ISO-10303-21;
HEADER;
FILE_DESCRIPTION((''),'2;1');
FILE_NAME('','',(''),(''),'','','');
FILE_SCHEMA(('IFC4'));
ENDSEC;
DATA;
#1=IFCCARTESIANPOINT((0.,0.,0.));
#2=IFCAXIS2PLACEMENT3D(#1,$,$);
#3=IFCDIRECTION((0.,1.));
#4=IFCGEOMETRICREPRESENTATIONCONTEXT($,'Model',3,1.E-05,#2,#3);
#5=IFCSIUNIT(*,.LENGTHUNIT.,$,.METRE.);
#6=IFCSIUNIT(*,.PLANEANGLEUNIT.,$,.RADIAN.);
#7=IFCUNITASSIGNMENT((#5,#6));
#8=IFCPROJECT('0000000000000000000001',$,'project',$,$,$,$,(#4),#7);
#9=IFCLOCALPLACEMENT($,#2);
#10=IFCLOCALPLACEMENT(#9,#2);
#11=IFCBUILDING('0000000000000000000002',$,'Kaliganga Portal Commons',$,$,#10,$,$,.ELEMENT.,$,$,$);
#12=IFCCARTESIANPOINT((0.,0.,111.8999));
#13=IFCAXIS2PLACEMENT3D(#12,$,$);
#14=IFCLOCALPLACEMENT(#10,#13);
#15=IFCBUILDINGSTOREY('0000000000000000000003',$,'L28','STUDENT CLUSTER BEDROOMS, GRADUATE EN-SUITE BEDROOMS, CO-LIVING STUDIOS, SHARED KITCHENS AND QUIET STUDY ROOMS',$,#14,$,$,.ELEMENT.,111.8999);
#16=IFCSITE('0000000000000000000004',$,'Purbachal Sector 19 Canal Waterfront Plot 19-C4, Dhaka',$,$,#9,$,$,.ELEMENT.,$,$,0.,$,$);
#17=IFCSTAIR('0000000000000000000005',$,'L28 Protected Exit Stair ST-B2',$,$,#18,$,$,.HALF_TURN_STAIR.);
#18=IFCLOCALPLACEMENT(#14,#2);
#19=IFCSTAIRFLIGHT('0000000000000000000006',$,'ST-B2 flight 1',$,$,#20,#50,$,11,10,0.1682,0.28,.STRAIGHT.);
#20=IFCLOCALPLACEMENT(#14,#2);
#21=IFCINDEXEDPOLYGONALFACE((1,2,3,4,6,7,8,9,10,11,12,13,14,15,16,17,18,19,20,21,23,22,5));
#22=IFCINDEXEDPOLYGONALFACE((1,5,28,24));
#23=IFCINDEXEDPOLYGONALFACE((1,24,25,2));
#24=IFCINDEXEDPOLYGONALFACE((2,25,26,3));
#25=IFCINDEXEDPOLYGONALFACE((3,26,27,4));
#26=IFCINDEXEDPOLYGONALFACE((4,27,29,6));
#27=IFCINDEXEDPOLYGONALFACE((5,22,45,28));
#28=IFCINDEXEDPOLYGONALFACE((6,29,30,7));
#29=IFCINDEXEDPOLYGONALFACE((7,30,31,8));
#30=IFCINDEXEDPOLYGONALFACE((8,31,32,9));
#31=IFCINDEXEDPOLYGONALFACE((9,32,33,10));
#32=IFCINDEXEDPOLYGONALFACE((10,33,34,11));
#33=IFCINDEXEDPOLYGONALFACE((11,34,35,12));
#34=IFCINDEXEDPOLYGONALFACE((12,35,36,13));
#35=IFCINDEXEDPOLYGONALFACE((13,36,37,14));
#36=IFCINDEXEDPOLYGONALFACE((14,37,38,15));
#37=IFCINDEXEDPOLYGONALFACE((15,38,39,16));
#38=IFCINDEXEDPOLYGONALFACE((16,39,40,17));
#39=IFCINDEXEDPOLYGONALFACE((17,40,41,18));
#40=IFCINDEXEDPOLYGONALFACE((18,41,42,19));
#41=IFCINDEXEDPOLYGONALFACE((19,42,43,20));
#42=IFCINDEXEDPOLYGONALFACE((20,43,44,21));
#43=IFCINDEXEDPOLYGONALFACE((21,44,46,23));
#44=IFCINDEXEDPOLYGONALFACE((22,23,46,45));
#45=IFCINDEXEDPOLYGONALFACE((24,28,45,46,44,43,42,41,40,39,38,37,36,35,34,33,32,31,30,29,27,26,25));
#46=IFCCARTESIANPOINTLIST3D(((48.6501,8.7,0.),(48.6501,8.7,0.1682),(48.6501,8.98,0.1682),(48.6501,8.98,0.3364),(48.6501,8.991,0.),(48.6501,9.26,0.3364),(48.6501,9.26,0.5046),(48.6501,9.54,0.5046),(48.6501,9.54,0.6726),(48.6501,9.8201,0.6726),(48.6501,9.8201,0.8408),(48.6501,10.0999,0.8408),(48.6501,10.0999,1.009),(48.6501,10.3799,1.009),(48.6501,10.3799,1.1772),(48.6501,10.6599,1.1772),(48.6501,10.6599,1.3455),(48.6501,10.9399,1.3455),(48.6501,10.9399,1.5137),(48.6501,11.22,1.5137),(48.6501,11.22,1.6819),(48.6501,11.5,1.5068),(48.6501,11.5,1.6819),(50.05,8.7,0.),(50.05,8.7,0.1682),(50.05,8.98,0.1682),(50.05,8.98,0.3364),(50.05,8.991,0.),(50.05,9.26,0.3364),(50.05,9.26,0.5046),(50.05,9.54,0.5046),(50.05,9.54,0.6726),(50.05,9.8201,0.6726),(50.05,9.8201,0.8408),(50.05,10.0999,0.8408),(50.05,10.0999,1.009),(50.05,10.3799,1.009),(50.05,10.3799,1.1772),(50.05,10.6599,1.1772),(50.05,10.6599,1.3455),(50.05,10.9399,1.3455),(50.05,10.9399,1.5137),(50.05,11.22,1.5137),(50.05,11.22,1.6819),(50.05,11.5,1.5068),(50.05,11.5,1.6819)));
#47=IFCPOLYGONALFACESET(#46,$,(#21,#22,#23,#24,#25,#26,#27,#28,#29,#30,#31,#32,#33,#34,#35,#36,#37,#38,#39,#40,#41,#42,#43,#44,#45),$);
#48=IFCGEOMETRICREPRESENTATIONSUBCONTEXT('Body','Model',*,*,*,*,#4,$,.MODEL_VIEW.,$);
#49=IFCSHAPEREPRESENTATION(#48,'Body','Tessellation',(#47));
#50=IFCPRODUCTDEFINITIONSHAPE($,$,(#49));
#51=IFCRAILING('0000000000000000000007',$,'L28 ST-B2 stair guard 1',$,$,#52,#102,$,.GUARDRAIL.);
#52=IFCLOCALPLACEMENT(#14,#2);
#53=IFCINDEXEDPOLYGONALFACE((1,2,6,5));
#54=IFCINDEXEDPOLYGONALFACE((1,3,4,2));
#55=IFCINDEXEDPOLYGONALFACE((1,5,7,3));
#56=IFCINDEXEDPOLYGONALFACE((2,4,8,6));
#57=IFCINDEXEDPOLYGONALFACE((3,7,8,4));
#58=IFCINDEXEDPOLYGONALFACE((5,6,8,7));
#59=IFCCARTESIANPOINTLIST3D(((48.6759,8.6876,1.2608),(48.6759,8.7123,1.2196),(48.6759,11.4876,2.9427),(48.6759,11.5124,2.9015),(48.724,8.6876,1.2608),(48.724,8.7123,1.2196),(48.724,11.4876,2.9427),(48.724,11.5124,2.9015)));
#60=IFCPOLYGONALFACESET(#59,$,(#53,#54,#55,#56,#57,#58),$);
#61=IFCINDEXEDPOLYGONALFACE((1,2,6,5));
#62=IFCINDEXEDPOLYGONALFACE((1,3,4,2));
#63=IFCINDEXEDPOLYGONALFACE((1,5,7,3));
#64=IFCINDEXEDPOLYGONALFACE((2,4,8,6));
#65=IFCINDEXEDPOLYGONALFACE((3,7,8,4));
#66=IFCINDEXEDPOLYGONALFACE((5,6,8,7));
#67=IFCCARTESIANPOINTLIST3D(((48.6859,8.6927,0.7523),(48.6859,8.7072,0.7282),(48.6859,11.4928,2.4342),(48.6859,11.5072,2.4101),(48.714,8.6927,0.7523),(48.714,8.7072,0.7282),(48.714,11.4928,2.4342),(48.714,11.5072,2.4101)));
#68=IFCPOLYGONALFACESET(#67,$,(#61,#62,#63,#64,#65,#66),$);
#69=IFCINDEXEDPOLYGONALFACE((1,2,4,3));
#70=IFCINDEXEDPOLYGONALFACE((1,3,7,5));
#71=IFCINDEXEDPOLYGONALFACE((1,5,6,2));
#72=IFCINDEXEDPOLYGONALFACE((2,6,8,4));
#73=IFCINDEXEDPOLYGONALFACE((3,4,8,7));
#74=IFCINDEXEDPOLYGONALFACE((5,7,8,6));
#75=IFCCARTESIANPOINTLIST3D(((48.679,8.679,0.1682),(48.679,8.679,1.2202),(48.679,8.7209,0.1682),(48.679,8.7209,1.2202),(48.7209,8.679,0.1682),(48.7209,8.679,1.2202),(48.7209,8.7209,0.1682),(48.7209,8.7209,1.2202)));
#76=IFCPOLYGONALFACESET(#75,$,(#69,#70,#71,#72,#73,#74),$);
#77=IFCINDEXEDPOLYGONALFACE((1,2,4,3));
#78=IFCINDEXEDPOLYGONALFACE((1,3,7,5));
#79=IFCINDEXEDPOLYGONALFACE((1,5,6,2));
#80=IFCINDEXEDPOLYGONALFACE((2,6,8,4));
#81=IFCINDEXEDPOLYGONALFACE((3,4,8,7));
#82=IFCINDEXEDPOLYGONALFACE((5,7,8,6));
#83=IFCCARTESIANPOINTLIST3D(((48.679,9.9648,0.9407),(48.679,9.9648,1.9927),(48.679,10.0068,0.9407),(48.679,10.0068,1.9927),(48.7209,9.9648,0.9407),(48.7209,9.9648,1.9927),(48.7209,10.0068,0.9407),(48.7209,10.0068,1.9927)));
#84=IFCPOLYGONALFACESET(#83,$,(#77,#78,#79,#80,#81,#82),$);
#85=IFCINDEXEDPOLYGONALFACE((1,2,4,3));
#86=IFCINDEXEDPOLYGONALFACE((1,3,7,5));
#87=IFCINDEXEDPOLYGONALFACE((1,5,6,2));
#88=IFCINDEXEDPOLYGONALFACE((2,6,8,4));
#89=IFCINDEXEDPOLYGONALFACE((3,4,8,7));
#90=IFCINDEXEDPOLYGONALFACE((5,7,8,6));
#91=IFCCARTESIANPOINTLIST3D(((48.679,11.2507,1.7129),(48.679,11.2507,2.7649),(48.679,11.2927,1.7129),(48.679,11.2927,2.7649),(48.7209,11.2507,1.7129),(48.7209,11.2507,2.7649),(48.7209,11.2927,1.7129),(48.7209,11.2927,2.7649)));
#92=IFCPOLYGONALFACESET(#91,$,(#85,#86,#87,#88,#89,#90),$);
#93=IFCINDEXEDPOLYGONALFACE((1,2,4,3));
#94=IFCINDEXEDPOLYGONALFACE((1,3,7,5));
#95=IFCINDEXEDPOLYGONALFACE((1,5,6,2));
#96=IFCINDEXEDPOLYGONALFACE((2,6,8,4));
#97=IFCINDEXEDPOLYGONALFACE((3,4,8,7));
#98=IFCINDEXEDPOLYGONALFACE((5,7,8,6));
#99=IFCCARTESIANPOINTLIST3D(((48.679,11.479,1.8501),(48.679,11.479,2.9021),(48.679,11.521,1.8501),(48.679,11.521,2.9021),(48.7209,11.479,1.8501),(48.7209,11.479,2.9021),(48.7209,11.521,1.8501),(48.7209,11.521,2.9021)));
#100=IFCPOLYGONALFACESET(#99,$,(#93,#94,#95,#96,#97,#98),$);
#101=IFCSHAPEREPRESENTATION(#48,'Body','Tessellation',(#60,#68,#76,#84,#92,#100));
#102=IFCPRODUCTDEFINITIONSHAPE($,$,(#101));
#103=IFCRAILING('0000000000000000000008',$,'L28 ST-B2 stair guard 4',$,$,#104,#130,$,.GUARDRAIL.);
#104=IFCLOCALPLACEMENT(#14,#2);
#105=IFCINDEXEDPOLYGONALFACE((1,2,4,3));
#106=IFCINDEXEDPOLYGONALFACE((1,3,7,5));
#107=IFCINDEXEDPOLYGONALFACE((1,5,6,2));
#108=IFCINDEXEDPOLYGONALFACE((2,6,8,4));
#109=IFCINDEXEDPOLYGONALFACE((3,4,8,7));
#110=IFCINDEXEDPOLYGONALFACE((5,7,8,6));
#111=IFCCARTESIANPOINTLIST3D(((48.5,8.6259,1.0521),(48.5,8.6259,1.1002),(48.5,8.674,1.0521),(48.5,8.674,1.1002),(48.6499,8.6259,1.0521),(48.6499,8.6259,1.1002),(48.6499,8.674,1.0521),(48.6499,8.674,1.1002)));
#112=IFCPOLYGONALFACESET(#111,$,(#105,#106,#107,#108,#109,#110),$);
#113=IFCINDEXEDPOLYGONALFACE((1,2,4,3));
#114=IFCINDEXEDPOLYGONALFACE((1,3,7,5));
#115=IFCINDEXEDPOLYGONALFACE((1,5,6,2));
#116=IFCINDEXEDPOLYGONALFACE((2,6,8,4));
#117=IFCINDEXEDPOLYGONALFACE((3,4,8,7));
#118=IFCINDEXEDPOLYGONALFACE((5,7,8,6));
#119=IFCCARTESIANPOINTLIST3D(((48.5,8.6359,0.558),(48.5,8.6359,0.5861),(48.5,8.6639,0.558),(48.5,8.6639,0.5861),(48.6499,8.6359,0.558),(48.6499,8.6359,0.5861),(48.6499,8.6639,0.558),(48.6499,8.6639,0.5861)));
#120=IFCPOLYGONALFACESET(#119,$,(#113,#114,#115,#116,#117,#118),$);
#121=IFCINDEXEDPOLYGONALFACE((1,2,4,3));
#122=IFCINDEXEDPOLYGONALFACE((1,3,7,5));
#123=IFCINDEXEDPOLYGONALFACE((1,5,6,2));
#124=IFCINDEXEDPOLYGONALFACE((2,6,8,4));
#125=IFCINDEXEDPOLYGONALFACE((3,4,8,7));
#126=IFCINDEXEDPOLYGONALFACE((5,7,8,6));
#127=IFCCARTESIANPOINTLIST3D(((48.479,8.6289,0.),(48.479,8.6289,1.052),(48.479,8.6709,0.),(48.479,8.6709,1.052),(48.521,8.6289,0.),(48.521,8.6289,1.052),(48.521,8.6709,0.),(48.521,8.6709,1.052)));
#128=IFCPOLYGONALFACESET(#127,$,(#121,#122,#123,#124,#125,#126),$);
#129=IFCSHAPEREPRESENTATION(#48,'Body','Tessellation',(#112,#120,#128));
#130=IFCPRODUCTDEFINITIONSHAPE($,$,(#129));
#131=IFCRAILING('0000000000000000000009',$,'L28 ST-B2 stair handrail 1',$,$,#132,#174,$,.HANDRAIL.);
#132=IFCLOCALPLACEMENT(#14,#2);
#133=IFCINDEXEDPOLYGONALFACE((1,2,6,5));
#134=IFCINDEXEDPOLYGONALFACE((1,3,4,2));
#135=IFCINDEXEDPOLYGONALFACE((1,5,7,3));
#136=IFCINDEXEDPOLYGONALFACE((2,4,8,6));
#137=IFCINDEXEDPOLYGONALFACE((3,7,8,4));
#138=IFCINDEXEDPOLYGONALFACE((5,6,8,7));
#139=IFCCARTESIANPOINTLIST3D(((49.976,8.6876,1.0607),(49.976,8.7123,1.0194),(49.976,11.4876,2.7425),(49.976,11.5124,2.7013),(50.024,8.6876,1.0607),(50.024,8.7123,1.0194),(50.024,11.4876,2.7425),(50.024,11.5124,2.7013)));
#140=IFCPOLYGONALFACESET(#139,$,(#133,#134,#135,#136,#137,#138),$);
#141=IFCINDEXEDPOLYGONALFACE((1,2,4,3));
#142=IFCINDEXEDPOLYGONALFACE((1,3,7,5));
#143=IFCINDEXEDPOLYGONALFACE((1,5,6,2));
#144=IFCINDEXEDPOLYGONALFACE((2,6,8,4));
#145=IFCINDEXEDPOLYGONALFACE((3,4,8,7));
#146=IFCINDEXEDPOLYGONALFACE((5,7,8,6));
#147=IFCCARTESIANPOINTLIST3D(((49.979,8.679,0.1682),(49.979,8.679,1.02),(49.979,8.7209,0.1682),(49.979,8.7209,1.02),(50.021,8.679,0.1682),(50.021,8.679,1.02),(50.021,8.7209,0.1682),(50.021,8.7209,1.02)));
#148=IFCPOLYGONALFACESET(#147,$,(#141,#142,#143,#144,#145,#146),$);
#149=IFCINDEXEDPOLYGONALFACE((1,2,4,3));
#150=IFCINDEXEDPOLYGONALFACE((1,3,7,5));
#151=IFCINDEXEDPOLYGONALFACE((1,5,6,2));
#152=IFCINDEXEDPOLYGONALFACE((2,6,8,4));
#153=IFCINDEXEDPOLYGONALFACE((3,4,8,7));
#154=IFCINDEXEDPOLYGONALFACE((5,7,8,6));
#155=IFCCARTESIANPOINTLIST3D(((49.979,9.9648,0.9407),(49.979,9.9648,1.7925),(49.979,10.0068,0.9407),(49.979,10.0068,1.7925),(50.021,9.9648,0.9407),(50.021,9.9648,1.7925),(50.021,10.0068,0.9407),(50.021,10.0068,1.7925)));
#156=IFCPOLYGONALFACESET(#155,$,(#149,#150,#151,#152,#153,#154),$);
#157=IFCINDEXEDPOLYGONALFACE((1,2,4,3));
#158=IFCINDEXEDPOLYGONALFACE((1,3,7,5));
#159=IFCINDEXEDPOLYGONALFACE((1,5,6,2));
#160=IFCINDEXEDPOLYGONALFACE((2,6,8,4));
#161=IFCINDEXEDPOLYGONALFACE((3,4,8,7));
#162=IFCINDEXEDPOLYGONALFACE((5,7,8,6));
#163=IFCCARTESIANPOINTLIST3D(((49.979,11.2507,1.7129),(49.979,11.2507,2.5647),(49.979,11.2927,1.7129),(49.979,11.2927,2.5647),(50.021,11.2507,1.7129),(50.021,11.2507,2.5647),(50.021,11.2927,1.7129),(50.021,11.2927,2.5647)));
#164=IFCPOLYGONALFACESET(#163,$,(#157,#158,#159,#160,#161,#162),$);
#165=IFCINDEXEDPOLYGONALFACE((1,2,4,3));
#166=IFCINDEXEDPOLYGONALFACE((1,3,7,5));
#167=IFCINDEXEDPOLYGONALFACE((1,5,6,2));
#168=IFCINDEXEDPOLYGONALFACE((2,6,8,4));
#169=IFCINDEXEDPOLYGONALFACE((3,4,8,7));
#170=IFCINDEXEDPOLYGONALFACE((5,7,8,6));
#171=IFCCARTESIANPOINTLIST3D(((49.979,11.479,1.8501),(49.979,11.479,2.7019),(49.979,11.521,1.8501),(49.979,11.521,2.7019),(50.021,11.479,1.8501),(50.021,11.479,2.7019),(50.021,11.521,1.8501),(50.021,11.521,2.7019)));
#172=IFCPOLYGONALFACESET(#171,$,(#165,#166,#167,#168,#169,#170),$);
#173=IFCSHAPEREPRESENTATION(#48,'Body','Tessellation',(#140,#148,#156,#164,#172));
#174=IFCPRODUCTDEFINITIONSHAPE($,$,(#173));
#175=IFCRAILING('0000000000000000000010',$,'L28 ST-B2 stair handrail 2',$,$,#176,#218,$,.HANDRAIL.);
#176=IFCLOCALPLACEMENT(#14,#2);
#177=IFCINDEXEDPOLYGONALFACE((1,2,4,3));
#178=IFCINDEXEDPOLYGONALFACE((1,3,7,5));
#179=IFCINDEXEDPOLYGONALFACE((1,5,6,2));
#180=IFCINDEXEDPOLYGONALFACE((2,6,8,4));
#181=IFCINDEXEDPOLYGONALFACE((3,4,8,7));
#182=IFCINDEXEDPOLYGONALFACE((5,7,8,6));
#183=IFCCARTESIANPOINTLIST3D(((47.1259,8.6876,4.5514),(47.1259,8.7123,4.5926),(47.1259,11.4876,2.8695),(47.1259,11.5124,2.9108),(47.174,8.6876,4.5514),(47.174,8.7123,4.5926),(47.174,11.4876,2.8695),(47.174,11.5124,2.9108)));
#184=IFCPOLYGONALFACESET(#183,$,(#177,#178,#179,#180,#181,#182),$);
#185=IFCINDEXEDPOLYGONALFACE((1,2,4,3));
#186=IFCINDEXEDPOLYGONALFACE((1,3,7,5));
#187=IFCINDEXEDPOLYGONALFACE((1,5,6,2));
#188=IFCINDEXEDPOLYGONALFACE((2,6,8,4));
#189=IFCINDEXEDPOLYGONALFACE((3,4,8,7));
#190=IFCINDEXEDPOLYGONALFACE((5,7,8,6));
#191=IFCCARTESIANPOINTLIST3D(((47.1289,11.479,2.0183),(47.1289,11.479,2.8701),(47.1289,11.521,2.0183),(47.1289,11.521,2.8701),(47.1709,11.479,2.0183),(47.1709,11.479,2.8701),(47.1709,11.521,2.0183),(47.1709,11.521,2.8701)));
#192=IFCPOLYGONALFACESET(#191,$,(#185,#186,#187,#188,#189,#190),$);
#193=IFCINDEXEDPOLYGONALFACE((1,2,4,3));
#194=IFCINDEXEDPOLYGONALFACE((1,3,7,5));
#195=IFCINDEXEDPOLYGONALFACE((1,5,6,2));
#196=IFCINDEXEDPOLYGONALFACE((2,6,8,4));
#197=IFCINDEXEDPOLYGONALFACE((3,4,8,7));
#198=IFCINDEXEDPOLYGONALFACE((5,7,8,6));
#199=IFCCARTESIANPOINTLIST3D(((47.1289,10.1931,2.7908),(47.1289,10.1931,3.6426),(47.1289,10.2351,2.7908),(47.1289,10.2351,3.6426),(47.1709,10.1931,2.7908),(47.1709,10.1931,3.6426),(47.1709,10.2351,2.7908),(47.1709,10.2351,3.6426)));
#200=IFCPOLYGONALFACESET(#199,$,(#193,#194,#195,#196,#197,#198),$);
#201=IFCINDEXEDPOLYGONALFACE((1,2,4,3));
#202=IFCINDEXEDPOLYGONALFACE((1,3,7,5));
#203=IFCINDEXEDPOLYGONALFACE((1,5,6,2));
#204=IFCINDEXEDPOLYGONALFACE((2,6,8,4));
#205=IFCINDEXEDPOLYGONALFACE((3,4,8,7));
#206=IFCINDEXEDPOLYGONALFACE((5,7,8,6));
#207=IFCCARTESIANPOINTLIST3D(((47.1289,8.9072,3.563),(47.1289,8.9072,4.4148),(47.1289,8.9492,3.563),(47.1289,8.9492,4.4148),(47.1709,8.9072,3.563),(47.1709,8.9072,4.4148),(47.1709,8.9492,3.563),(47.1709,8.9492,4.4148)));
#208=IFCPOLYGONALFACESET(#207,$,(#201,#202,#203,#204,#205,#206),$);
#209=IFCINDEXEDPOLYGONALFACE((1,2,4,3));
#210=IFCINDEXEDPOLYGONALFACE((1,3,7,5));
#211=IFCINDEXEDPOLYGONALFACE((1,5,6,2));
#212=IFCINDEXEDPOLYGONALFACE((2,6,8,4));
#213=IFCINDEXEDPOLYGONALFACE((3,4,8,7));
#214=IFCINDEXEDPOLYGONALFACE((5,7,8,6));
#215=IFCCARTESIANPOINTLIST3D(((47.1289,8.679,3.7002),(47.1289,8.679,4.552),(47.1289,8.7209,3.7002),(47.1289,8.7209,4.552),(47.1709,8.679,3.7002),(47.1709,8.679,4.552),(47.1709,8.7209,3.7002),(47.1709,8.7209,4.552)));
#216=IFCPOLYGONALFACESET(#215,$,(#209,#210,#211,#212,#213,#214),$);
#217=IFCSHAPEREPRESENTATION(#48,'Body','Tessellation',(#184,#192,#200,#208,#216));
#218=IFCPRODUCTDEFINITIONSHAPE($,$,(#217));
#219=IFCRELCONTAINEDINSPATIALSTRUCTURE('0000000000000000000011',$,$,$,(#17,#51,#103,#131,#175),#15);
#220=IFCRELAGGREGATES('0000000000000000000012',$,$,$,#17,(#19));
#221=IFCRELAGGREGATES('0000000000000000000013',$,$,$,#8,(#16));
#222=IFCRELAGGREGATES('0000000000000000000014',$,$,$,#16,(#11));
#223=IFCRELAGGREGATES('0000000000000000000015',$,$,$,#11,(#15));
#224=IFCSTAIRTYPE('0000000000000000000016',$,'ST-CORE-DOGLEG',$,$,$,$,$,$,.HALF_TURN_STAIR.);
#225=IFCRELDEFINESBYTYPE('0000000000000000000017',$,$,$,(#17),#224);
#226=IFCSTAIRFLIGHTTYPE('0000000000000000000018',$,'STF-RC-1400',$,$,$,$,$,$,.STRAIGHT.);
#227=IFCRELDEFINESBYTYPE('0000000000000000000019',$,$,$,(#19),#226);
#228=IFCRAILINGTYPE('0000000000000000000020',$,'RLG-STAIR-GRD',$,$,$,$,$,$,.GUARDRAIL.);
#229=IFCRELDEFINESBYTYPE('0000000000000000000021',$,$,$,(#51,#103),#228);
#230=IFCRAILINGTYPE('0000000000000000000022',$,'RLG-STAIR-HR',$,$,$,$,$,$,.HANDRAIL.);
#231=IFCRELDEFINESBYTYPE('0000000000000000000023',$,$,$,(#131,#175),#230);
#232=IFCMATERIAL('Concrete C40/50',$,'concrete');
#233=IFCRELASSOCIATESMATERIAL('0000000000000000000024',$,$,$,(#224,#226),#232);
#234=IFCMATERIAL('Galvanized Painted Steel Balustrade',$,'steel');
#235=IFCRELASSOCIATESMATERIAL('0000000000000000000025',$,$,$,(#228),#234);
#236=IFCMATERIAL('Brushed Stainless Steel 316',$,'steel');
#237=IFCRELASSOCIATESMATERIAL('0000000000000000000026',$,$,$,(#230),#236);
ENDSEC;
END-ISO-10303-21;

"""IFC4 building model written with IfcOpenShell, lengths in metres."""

from ifc_helpers import new_model, si_unit, direction, frame, origin, origin_2d, place, context, subcontext, project, spatial, polyline, rectangle, outline, extrude, material, type_object, element, aggregate, save


model = new_model("IFC4")

# Units and contexts
model_context = context("Model", 3, precision=1e-05, world=origin(), true_north=direction((0.0, 1.0)))
body_context = subcontext(model_context, "Body", "Model", "MODEL_VIEW")
ifc_project = project(units=[si_unit("LENGTHUNIT", "METRE"), si_unit("PLANEANGLEUNIT", "RADIAN")], contexts=[model_context])

# Site, building, storey
site_placement = place(None, origin())
site = spatial("IfcSite", under=ifc_project, at=site_placement, Name="Purbachal Sector 19 Canal Waterfront Plot 19-C4, Dhaka", CompositionType="ELEMENT", RefElevation=0.0)
building_placement = place(site_placement, origin())
building = spatial("IfcBuilding", under=site, at=building_placement, Name="Kaliganga Portal Commons", CompositionType="ELEMENT")
storey_placement = place(building_placement, frame((0.0, 0.0, 111.8999)))
storey = spatial("IfcBuildingStorey", under=building, at=storey_placement, Name="L28", Description="STUDENT CLUSTER BEDROOMS, GRADUATE EN-SUITE BEDROOMS, CO-LIVING STUDIOS, SHARED KITCHENS AND QUIET STUDY ROOMS", CompositionType="ELEMENT", Elevation=111.8999)

# Stair, stair flight
ifc_material_1 = material(Name="Concrete C40/50", Category="concrete")
stair_type = type_object("IfcStairType", Name="ST-CORE-DOGLEG", PredefinedType="HALF_TURN_STAIR", material=ifc_material_1)
stair_placement = place(storey_placement, origin())
stair = element("IfcStair", 1, at=stair_placement, inside=storey, type_object=stair_type, Name="L28 Protected Exit Stair ST-B2", PredefinedType="HALF_TURN_STAIR")
stair_flight_type = type_object("IfcStairFlightType", Name="STF-RC-1400", PredefinedType="STRAIGHT", material=ifc_material_1)
stair_flight_placement = place(storey_placement, frame((49.3501, 8.7, 0.0), z_axis=(0.0, 0.0, 1.0), x_axis=(0.0, 1.0, 0.0)))
stair_flight = element("IfcStairFlight", 2, at=stair_flight_placement, type_object=stair_flight_type, Name="ST-B2 flight 1", NumberOfRisers=11, NumberOfTreads=10, PredefinedType="STRAIGHT", RiserHeight=0.1682, TreadLength=0.28, context=body_context, shape_type="SweptSolid", body=[
    extrude(outline(polyline([(0.0, 0.0), (0.0, 0.1682), (0.28, 0.1682), (0.28, 0.3364), (0.5601, 0.3364), (0.5601, 0.5046), (0.8401, 0.5046), (0.8401, 0.6726), (1.1201, 0.6726), (1.1201, 0.8408), (1.3999, 0.8408), (1.3999, 1.009), (1.6799, 1.009), (1.6799, 1.1772), (1.96, 1.1772), (1.96, 1.3455), (2.24, 1.3455), (2.24, 1.5137), (2.52, 1.5137), (2.52, 1.6819), (2.8, 1.6819), (2.8, 1.8501), (2.8, 1.5068), (0.291, 0.0), (0.0, 0.0)])), frame((0.0, 0.7, 0.0), z_axis=(0.0, -1.0, 0.0), x_axis=(1.0, 0.0, 0.0)), (0.0, 0.0, 1.0), 1.3999),
])
aggregate(stair, [stair_flight])

# Railings
ifc_material_2 = material(Name="Galvanized Painted Steel Balustrade", Category="steel")
railing_type_1 = type_object("IfcRailingType", Name="RLG-STAIR-GRD", PredefinedType="GUARDRAIL", material=ifc_material_2)
railing_1_placement = place(storey_placement, frame((48.7, 8.7, 0.1682)))
element("IfcRailing", 3, at=railing_1_placement, inside=storey, type_object=railing_type_1, Name="L28 ST-B2 stair guard 1", PredefinedType="GUARDRAIL", context=body_context, shape_type="SweptSolid", body=[
    extrude(rectangle(XDim=0.0481, YDim=0.0481, at=origin_2d()), frame((0.0, 0.0, 1.072), z_axis=(0.0, 0.857242, 0.514913), x_axis=(-1.0, 0.0, 0.0)), (0.0, 0.0, 1.0), 3.2664),
    extrude(rectangle(XDim=0.0281, YDim=0.0281, at=origin_2d()), frame((0.0, 0.0, 0.572), z_axis=(0.0, 0.857242, 0.514913), x_axis=(-1.0, 0.0, 0.0)), (0.0, 0.0, 1.0), 3.2664),
    extrude(rectangle(XDim=0.042, YDim=0.042, at=origin_2d()), origin(), (0.0, 0.0, 1.0), 1.052),
    extrude(rectangle(XDim=0.042, YDim=0.042, at=origin_2d()), frame((0.0, 1.2859, 0.7725)), (0.0, 0.0, 1.0), 1.052),
    extrude(rectangle(XDim=0.042, YDim=0.042, at=origin_2d()), frame((0.0, 2.5718, 1.5447)), (0.0, 0.0, 1.0), 1.052),
    extrude(rectangle(XDim=0.042, YDim=0.042, at=origin_2d()), frame((0.0, 2.8, 1.6819)), (0.0, 0.0, 1.0), 1.052),
])
railing_2_placement = place(storey_placement, frame((48.6499, 8.6499, 0.0)))
element("IfcRailing", 4, at=railing_2_placement, inside=storey, type_object=railing_type_1, Name="L28 ST-B2 stair guard 4", PredefinedType="GUARDRAIL", context=body_context, shape_type="SweptSolid", body=[
    extrude(rectangle(XDim=0.0481, YDim=0.0481, at=origin_2d()), frame((0.0, 0.0, 1.0762), z_axis=(-1.0, 0.0, 0.0), x_axis=(0.0, -1.0, 0.0)), (0.0, 0.0, 1.0), 0.1499),
    extrude(rectangle(XDim=0.0281, YDim=0.0281, at=origin_2d()), frame((0.0, 0.0, 0.572), z_axis=(-1.0, 0.0, 0.0), x_axis=(0.0, -1.0, 0.0)), (0.0, 0.0, 1.0), 0.1499),
    extrude(rectangle(XDim=0.042, YDim=0.042, at=origin_2d()), frame((-0.1499, 0.0, 0.0)), (0.0, 0.0, 1.0), 1.052),
])
ifc_material_3 = material(Name="Brushed Stainless Steel 316", Category="steel")
railing_type_2 = type_object("IfcRailingType", Name="RLG-STAIR-HR", PredefinedType="HANDRAIL", material=ifc_material_3)
railing_3_placement = place(storey_placement, frame((50.0, 8.7, 0.1682)))
element("IfcRailing", 5, at=railing_3_placement, inside=storey, type_object=railing_type_2, Name="L28 ST-B2 stair handrail 1", PredefinedType="HANDRAIL", context=body_context, shape_type="SweptSolid", body=[
    extrude(rectangle(XDim=0.0481, YDim=0.0481, at=origin_2d()), frame((0.0, 0.0, 0.8718), z_axis=(0.0, 0.857242, 0.514913), x_axis=(-1.0, 0.0, 0.0)), (0.0, 0.0, 1.0), 3.2664),
    extrude(rectangle(XDim=0.042, YDim=0.042, at=origin_2d()), origin(), (0.0, 0.0, 1.0), 0.8518),
    extrude(rectangle(XDim=0.042, YDim=0.042, at=origin_2d()), frame((0.0, 1.2859, 0.7725)), (0.0, 0.0, 1.0), 0.8518),
    extrude(rectangle(XDim=0.042, YDim=0.042, at=origin_2d()), frame((0.0, 2.5718, 1.5447)), (0.0, 0.0, 1.0), 0.8518),
    extrude(rectangle(XDim=0.042, YDim=0.042, at=origin_2d()), frame((0.0, 2.8, 1.6819)), (0.0, 0.0, 1.0), 0.8518),
])
railing_4_placement = place(storey_placement, frame((47.1499, 11.5, 2.0183)))
element("IfcRailing", 6, at=railing_4_placement, inside=storey, type_object=railing_type_2, Name="L28 ST-B2 stair handrail 2", PredefinedType="HANDRAIL", context=body_context, shape_type="SweptSolid", body=[
    extrude(rectangle(XDim=0.0481, YDim=0.0481, at=origin_2d()), frame((0.0, 0.0, 0.8718), z_axis=(0.0, -0.857242, 0.514913), x_axis=(1.0, 0.0, 0.0)), (0.0, 0.0, 1.0), 3.2664),
    extrude(rectangle(XDim=0.042, YDim=0.042, at=origin_2d()), origin(), (0.0, 0.0, 1.0), 0.8518),
    extrude(rectangle(XDim=0.042, YDim=0.042, at=origin_2d()), frame((0.0, -1.2859, 0.7725)), (0.0, 0.0, 1.0), 0.8518),
    extrude(rectangle(XDim=0.042, YDim=0.042, at=origin_2d()), frame((0.0, -2.5718, 1.5447)), (0.0, 0.0, 1.0), 0.8518),
    extrude(rectangle(XDim=0.042, YDim=0.042, at=origin_2d()), frame((0.0, -2.8, 1.6819)), (0.0, 0.0, 1.0), 0.8518),
])

save(model, "model.ifc")
